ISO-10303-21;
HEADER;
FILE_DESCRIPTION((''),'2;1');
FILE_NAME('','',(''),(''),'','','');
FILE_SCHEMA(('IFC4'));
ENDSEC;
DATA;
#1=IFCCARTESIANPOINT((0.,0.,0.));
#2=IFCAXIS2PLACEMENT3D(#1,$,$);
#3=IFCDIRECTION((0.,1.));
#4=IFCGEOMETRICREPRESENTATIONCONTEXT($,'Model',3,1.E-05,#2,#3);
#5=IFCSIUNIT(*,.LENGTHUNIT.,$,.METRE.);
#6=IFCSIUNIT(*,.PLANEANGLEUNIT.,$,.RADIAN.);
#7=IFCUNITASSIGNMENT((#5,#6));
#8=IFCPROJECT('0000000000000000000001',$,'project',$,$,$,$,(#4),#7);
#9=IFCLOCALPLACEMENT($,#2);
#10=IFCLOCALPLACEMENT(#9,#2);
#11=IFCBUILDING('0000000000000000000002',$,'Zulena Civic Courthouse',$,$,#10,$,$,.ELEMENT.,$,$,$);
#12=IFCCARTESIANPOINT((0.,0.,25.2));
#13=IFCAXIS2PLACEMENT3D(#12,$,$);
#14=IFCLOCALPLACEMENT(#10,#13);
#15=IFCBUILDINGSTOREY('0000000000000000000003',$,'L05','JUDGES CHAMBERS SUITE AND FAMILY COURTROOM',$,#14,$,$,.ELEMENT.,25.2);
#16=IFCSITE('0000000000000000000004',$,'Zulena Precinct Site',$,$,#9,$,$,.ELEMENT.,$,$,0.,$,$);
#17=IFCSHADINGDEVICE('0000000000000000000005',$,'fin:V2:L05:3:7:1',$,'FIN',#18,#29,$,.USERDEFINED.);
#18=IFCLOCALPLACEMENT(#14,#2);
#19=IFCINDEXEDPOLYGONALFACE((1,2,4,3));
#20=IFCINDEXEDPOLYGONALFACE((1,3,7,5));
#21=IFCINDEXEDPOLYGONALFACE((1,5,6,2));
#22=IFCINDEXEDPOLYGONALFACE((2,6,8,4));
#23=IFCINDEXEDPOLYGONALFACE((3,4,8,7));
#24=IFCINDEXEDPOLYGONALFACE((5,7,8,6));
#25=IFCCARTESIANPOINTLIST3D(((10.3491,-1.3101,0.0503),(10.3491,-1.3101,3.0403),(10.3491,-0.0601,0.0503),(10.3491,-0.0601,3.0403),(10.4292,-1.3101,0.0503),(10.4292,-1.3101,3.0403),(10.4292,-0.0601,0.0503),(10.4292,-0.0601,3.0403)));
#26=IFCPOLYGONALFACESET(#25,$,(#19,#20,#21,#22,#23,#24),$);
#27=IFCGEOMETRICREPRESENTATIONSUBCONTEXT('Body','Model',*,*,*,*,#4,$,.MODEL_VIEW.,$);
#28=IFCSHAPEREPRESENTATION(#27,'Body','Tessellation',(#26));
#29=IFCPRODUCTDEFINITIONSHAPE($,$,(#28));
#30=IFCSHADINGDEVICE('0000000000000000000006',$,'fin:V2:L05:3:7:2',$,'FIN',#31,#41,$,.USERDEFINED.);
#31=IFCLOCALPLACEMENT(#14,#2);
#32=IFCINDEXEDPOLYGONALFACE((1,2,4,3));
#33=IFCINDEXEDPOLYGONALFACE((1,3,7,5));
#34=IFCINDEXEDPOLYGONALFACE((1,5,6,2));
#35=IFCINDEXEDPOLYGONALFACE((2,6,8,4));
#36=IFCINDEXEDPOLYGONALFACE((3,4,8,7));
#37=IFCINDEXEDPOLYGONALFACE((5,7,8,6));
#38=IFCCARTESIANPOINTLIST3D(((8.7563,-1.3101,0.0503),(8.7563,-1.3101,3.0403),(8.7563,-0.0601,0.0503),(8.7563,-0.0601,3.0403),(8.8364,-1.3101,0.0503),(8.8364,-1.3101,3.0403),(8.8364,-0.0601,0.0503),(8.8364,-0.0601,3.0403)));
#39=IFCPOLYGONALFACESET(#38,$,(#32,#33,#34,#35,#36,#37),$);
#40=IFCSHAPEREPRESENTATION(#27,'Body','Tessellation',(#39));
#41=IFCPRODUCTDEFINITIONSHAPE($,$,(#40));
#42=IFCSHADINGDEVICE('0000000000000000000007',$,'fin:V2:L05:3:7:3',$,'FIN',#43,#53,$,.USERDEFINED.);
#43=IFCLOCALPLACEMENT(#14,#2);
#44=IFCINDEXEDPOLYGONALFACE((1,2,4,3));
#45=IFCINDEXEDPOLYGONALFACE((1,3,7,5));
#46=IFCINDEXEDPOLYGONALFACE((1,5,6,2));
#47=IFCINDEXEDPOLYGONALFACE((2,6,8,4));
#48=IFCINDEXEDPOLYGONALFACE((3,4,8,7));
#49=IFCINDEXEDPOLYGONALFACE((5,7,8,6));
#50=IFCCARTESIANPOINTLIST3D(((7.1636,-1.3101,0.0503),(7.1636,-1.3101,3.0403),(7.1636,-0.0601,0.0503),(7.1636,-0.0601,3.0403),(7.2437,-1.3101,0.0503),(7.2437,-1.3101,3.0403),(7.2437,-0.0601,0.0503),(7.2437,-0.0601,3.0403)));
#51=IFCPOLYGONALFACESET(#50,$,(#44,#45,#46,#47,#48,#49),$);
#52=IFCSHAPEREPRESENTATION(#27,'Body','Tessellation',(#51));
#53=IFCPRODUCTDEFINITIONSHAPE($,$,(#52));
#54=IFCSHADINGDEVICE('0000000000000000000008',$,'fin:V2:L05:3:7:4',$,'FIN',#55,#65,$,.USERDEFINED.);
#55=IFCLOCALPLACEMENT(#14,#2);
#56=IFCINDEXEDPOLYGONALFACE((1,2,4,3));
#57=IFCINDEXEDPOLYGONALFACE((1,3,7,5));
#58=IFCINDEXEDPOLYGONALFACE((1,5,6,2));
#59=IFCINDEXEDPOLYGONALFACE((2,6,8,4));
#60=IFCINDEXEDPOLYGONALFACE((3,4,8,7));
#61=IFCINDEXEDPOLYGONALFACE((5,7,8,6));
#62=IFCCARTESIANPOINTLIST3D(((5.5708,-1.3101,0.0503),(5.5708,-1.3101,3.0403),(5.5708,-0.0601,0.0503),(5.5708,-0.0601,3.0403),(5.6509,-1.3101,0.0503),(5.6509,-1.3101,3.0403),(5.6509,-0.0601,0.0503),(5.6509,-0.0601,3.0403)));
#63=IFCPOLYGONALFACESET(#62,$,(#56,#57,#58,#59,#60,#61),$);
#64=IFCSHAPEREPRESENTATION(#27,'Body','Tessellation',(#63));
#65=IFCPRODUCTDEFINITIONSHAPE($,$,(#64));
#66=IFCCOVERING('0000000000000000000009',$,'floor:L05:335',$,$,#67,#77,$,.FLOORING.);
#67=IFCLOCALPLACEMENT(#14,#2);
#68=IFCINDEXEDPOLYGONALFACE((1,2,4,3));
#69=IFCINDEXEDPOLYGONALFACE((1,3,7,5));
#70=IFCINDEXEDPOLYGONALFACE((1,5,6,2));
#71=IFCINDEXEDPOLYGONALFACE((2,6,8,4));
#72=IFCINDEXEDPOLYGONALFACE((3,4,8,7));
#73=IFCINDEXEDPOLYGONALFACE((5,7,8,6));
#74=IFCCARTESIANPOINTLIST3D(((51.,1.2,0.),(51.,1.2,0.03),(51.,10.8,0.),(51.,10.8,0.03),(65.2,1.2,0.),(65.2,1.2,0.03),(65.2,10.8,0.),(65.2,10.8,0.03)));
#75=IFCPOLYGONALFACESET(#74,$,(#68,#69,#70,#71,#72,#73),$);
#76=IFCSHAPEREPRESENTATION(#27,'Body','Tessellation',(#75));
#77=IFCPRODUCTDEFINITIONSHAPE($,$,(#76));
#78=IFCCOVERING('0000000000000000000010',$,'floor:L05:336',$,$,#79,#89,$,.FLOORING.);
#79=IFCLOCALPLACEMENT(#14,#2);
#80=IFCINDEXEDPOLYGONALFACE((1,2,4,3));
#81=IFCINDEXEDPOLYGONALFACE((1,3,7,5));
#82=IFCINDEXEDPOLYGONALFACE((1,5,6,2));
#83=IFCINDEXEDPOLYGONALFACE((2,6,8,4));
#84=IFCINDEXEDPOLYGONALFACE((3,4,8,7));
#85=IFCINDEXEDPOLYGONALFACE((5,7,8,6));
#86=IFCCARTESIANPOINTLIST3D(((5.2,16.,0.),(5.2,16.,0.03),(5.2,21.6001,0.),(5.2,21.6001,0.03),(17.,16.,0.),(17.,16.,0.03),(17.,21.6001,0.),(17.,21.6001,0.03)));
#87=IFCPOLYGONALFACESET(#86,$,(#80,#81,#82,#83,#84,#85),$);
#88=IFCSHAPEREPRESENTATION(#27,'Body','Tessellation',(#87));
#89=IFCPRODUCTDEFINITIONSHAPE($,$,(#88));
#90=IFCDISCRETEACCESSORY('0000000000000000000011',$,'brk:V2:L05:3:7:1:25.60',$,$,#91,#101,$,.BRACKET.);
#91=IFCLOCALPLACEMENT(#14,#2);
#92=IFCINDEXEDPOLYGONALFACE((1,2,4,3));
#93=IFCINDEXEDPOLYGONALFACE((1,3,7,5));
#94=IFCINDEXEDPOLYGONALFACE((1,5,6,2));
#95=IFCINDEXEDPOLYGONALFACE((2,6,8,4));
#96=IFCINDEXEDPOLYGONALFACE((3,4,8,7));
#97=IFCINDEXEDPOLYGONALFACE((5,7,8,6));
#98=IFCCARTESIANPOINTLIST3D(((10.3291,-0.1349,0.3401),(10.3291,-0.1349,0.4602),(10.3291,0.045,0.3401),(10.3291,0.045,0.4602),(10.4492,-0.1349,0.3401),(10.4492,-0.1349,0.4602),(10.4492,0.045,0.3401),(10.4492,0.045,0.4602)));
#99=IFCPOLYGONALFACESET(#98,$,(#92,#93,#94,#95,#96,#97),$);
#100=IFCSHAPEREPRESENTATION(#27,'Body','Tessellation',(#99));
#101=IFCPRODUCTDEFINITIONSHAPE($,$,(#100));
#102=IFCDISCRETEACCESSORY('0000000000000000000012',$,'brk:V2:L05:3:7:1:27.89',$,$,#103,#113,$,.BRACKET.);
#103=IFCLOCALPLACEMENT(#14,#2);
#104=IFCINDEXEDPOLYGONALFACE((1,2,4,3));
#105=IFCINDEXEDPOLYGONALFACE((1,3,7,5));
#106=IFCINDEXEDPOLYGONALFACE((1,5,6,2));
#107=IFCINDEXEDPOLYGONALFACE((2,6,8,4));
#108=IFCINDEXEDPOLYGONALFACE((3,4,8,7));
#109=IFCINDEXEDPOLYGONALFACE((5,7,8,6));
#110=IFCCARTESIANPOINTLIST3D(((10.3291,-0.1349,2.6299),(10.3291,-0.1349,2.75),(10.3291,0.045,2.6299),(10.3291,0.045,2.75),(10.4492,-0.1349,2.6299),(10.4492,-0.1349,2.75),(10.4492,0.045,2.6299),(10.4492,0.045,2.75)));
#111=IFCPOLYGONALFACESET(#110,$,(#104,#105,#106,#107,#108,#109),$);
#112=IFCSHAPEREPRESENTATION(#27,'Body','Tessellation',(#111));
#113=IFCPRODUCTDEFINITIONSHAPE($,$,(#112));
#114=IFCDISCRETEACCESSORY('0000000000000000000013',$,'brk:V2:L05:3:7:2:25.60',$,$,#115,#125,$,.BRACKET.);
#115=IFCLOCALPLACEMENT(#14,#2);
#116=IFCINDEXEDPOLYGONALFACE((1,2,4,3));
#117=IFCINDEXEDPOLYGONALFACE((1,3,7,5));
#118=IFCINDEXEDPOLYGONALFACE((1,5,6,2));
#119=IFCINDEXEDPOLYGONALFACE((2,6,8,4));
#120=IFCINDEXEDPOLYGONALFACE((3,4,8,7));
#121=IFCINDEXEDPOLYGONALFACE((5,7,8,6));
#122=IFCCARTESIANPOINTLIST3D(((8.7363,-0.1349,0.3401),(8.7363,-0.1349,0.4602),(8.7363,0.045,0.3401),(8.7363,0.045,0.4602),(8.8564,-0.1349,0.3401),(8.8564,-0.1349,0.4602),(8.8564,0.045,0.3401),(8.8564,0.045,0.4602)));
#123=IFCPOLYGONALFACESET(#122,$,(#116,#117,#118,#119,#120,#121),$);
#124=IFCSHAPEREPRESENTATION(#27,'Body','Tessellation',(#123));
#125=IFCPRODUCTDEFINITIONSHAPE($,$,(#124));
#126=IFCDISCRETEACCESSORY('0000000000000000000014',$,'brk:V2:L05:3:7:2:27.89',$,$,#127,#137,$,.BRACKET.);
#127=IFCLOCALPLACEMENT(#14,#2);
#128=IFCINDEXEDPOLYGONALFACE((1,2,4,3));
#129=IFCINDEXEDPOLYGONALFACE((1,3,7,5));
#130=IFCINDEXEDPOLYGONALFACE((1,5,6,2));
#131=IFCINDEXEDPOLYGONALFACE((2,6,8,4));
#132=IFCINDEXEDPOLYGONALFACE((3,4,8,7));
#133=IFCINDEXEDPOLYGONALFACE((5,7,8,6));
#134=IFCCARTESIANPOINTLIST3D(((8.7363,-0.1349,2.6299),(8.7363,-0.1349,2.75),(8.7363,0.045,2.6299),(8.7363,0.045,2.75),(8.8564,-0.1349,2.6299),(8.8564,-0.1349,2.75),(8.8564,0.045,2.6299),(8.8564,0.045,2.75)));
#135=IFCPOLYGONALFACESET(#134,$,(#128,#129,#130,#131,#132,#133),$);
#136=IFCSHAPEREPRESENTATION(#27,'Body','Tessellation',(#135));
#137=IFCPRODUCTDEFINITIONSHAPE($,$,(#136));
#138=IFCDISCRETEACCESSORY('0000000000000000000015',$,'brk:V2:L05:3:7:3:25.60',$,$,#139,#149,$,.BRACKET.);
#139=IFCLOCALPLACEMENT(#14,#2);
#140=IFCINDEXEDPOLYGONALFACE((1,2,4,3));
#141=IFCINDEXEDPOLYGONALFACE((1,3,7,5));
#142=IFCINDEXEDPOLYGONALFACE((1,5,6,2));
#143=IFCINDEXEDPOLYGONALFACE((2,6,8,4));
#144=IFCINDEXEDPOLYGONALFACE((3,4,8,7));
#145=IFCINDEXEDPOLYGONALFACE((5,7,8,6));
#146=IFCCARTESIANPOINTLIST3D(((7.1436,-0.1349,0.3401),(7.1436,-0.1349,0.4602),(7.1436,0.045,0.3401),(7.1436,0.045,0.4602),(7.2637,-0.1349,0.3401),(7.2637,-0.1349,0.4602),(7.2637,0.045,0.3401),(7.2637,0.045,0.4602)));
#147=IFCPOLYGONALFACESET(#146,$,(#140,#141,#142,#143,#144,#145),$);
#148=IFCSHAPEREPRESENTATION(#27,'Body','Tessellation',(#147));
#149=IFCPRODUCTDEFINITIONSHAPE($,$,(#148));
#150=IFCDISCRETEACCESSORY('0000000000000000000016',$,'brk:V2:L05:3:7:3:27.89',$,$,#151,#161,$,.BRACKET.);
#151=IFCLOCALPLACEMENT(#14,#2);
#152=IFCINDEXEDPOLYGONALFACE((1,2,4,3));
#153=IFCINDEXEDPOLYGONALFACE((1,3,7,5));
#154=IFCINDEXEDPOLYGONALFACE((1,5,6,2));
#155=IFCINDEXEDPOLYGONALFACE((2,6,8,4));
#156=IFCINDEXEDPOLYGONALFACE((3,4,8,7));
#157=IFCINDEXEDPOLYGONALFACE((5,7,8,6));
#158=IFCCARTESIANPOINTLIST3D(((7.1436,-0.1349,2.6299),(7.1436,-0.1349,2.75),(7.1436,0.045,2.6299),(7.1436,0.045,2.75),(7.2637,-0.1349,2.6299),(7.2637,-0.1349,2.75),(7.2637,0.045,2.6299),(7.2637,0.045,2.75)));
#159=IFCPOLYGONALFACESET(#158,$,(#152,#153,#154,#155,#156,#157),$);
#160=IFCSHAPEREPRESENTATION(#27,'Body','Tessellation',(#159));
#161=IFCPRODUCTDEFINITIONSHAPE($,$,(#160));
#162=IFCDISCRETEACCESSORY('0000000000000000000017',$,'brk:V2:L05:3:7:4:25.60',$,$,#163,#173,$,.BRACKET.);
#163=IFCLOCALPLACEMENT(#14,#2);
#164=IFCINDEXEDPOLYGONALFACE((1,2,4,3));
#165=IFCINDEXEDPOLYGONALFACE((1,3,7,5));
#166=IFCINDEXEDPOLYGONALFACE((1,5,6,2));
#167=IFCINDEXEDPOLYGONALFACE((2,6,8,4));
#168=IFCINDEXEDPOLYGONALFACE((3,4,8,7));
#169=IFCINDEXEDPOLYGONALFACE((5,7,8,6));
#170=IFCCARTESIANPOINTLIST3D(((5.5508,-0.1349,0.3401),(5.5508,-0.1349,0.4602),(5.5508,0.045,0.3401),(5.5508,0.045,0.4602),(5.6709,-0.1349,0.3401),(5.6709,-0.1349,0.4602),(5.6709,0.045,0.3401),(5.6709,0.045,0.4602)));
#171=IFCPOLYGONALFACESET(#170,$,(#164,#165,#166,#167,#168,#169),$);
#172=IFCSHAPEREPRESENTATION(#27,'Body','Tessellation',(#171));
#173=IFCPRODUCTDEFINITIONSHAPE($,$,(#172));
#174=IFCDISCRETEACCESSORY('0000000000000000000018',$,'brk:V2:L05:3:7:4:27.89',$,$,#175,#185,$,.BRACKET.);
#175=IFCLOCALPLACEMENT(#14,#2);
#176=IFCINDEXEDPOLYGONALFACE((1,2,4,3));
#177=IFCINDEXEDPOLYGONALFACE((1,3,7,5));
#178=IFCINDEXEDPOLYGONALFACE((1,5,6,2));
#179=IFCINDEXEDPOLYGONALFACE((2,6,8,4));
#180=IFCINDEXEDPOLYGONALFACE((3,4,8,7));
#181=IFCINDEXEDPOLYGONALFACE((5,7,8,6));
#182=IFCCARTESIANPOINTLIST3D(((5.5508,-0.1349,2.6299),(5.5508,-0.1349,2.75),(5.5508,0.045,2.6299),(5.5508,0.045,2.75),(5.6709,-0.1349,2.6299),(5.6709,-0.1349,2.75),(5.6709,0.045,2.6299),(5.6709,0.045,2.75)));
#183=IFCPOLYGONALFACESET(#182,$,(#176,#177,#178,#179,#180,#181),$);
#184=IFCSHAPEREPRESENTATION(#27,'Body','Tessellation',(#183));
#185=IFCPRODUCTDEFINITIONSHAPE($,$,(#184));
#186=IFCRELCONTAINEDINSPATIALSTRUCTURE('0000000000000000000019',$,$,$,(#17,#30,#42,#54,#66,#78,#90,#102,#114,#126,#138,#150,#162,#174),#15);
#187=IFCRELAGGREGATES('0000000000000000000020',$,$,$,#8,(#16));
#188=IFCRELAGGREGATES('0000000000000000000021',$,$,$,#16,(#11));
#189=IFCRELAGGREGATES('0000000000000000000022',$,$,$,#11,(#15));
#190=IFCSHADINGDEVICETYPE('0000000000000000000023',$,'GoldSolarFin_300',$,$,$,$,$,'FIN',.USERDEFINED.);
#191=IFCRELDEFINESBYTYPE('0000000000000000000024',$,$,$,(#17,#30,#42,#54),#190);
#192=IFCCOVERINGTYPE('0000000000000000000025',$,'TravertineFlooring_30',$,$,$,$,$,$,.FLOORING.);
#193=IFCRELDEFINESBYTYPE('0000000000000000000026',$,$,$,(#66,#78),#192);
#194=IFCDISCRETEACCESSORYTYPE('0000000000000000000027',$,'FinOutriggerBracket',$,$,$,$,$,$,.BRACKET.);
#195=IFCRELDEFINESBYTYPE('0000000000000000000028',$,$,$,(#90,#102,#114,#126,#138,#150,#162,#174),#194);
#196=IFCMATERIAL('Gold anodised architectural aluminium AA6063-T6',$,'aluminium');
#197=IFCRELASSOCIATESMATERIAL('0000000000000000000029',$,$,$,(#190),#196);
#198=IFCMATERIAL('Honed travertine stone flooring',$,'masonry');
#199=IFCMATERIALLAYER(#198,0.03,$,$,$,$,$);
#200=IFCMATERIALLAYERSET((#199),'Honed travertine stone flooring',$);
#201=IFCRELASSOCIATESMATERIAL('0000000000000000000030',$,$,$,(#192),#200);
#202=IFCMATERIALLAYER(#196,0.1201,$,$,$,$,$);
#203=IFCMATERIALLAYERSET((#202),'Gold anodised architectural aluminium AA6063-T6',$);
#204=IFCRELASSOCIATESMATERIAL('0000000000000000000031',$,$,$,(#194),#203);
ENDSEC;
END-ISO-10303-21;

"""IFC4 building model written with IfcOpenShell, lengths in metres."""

from ifc_helpers import new_model, si_unit, direction, frame, origin, origin_2d, place, context, subcontext, project, spatial, polyline, rectangle, outline, extrude, material, layer, layer_set, type_object, element, save


model = new_model("IFC4")

# Units and contexts
model_context = context("Model", 3, precision=1e-05, world=origin(), true_north=direction((0.0, 1.0)))
body_context = subcontext(model_context, "Body", "Model", "MODEL_VIEW")
ifc_project = project(units=[si_unit("LENGTHUNIT", "METRE"), si_unit("PLANEANGLEUNIT", "RADIAN")], contexts=[model_context])

# Site, building, storey
site_placement = place(None, origin())
site = spatial("IfcSite", under=ifc_project, at=site_placement, Name="Zulena Precinct Site", CompositionType="ELEMENT", RefElevation=0.0)
building_placement = place(site_placement, origin())
building = spatial("IfcBuilding", under=site, at=building_placement, Name="Zulena Civic Courthouse", CompositionType="ELEMENT")
storey_placement = place(building_placement, frame((0.0, 0.0, 25.2)))
storey = spatial("IfcBuildingStorey", under=building, at=storey_placement, Name="L05", Description="JUDGES CHAMBERS SUITE AND FAMILY COURTROOM", CompositionType="ELEMENT", Elevation=25.2)

# Shading devices
ifc_material_1 = material(Name="Gold anodised architectural aluminium AA6063-T6", Category="aluminium")
shading_device_type = type_object("IfcShadingDeviceType", Name="GoldSolarFin_300", ElementType="FIN", PredefinedType="USERDEFINED", material=ifc_material_1)
for number, where, z_axis, x_axis, name in (
    (1, (10.3892, -0.6851, 0.0503), (0.0, 0.0, 1.0), (0.0, -1.0, 0.0), "fin:V2:L05:3:7:1"),
    (2, (8.7964, -0.6851, 0.0503), (0.0, 0.0, 1.0), (0.0, -1.0, 0.0), "fin:V2:L05:3:7:2"),
    (3, (7.2036, -0.6851, 0.0503), (0.0, 0.0, 1.0), (0.0, -1.0, 0.0), "fin:V2:L05:3:7:3"),
    (4, (5.6108, -0.6851, 0.0503), (0.0, 0.0, 1.0), (0.0, -1.0, 0.0), "fin:V2:L05:3:7:4"),
):
    element("IfcShadingDevice", number, at=place(storey_placement, frame(where, z_axis=z_axis, x_axis=x_axis)), inside=storey, type_object=shading_device_type, Name=name, ObjectType="FIN", PredefinedType="USERDEFINED", context=body_context, shape_type="SweptSolid", body=[
        extrude(rectangle(XDim=1.25, YDim=0.0801, at=origin_2d()), origin(), (0.0, 0.0, 1.0), 2.99),
    ])

# Coverings
ifc_material_2 = material(Name="Honed travertine stone flooring", Category="masonry")
ifc_layer_1 = layer(ifc_material_2, 0.03)
ifc_layer_set_1 = layer_set([ifc_layer_1], Name="Honed travertine stone flooring")
covering_type_1 = type_object("IfcCoveringType", Name="TravertineFlooring_30", PredefinedType="FLOORING", material=ifc_layer_set_1)
covering_1_placement = place(storey_placement, origin())
element("IfcCovering", 5, at=covering_1_placement, inside=storey, type_object=covering_type_1, Name="floor:L05:335", PredefinedType="FLOORING", context=body_context, shape_type="SweptSolid", body=[
    extrude(outline(polyline([(51.0, 1.2), (65.2, 1.2), (65.2, 10.8), (51.0, 10.8), (51.0, 1.2)])), origin(), (0.0, 0.0, 1.0), 0.03),
])
covering_2_placement = place(storey_placement, origin())
element("IfcCovering", 6, at=covering_2_placement, inside=storey, type_object=covering_type_1, Name="floor:L05:336", PredefinedType="FLOORING", context=body_context, shape_type="SweptSolid", body=[
    extrude(outline(polyline([(5.2, 16.0), (17.0, 16.0), (17.0, 21.6001), (5.2, 21.6001), (5.2, 16.0)])), origin(), (0.0, 0.0, 1.0), 0.03),
])

# Discrete accessories
ifc_layer_2 = layer(ifc_material_1, 0.1201)
ifc_layer_set_2 = layer_set([ifc_layer_2], Name="Gold anodised architectural aluminium AA6063-T6")
discrete_accessory_type = type_object("IfcDiscreteAccessoryType", Name="FinOutriggerBracket", PredefinedType="BRACKET", material=ifc_layer_set_2)
for number, where, z_axis, x_axis, name in (
    (7, (10.3892, -0.0449, 0.3401), (0.0, 0.0, 1.0), (0.0, -1.0, 0.0), "brk:V2:L05:3:7:1:25.60"),
    (8, (10.3892, -0.0449, 2.6299), (0.0, 0.0, 1.0), (0.0, -1.0, 0.0), "brk:V2:L05:3:7:1:27.89"),
    (9, (8.7964, -0.0449, 0.3401), (0.0, 0.0, 1.0), (0.0, -1.0, 0.0), "brk:V2:L05:3:7:2:25.60"),
    (10, (8.7964, -0.0449, 2.6299), (0.0, 0.0, 1.0), (0.0, -1.0, 0.0), "brk:V2:L05:3:7:2:27.89"),
    (11, (7.2036, -0.0449, 0.3401), (0.0, 0.0, 1.0), (0.0, -1.0, 0.0), "brk:V2:L05:3:7:3:25.60"),
    (12, (7.2036, -0.0449, 2.6299), (0.0, 0.0, 1.0), (0.0, -1.0, 0.0), "brk:V2:L05:3:7:3:27.89"),
    (13, (5.6108, -0.0449, 0.3401), (0.0, 0.0, 1.0), (0.0, -1.0, 0.0), "brk:V2:L05:3:7:4:25.60"),
    (14, (5.6108, -0.0449, 2.6299), (0.0, 0.0, 1.0), (0.0, -1.0, 0.0), "brk:V2:L05:3:7:4:27.89"),
):
    element("IfcDiscreteAccessory", number, at=place(storey_placement, frame(where, z_axis=z_axis, x_axis=x_axis)), inside=storey, type_object=discrete_accessory_type, Name=name, PredefinedType="BRACKET", context=body_context, shape_type="SweptSolid", body=[
        extrude(rectangle(XDim=0.1799, YDim=0.1201, at=origin_2d()), origin(), (0.0, 0.0, 1.0), 0.1201),
    ])

save(model, "model.ifc")
